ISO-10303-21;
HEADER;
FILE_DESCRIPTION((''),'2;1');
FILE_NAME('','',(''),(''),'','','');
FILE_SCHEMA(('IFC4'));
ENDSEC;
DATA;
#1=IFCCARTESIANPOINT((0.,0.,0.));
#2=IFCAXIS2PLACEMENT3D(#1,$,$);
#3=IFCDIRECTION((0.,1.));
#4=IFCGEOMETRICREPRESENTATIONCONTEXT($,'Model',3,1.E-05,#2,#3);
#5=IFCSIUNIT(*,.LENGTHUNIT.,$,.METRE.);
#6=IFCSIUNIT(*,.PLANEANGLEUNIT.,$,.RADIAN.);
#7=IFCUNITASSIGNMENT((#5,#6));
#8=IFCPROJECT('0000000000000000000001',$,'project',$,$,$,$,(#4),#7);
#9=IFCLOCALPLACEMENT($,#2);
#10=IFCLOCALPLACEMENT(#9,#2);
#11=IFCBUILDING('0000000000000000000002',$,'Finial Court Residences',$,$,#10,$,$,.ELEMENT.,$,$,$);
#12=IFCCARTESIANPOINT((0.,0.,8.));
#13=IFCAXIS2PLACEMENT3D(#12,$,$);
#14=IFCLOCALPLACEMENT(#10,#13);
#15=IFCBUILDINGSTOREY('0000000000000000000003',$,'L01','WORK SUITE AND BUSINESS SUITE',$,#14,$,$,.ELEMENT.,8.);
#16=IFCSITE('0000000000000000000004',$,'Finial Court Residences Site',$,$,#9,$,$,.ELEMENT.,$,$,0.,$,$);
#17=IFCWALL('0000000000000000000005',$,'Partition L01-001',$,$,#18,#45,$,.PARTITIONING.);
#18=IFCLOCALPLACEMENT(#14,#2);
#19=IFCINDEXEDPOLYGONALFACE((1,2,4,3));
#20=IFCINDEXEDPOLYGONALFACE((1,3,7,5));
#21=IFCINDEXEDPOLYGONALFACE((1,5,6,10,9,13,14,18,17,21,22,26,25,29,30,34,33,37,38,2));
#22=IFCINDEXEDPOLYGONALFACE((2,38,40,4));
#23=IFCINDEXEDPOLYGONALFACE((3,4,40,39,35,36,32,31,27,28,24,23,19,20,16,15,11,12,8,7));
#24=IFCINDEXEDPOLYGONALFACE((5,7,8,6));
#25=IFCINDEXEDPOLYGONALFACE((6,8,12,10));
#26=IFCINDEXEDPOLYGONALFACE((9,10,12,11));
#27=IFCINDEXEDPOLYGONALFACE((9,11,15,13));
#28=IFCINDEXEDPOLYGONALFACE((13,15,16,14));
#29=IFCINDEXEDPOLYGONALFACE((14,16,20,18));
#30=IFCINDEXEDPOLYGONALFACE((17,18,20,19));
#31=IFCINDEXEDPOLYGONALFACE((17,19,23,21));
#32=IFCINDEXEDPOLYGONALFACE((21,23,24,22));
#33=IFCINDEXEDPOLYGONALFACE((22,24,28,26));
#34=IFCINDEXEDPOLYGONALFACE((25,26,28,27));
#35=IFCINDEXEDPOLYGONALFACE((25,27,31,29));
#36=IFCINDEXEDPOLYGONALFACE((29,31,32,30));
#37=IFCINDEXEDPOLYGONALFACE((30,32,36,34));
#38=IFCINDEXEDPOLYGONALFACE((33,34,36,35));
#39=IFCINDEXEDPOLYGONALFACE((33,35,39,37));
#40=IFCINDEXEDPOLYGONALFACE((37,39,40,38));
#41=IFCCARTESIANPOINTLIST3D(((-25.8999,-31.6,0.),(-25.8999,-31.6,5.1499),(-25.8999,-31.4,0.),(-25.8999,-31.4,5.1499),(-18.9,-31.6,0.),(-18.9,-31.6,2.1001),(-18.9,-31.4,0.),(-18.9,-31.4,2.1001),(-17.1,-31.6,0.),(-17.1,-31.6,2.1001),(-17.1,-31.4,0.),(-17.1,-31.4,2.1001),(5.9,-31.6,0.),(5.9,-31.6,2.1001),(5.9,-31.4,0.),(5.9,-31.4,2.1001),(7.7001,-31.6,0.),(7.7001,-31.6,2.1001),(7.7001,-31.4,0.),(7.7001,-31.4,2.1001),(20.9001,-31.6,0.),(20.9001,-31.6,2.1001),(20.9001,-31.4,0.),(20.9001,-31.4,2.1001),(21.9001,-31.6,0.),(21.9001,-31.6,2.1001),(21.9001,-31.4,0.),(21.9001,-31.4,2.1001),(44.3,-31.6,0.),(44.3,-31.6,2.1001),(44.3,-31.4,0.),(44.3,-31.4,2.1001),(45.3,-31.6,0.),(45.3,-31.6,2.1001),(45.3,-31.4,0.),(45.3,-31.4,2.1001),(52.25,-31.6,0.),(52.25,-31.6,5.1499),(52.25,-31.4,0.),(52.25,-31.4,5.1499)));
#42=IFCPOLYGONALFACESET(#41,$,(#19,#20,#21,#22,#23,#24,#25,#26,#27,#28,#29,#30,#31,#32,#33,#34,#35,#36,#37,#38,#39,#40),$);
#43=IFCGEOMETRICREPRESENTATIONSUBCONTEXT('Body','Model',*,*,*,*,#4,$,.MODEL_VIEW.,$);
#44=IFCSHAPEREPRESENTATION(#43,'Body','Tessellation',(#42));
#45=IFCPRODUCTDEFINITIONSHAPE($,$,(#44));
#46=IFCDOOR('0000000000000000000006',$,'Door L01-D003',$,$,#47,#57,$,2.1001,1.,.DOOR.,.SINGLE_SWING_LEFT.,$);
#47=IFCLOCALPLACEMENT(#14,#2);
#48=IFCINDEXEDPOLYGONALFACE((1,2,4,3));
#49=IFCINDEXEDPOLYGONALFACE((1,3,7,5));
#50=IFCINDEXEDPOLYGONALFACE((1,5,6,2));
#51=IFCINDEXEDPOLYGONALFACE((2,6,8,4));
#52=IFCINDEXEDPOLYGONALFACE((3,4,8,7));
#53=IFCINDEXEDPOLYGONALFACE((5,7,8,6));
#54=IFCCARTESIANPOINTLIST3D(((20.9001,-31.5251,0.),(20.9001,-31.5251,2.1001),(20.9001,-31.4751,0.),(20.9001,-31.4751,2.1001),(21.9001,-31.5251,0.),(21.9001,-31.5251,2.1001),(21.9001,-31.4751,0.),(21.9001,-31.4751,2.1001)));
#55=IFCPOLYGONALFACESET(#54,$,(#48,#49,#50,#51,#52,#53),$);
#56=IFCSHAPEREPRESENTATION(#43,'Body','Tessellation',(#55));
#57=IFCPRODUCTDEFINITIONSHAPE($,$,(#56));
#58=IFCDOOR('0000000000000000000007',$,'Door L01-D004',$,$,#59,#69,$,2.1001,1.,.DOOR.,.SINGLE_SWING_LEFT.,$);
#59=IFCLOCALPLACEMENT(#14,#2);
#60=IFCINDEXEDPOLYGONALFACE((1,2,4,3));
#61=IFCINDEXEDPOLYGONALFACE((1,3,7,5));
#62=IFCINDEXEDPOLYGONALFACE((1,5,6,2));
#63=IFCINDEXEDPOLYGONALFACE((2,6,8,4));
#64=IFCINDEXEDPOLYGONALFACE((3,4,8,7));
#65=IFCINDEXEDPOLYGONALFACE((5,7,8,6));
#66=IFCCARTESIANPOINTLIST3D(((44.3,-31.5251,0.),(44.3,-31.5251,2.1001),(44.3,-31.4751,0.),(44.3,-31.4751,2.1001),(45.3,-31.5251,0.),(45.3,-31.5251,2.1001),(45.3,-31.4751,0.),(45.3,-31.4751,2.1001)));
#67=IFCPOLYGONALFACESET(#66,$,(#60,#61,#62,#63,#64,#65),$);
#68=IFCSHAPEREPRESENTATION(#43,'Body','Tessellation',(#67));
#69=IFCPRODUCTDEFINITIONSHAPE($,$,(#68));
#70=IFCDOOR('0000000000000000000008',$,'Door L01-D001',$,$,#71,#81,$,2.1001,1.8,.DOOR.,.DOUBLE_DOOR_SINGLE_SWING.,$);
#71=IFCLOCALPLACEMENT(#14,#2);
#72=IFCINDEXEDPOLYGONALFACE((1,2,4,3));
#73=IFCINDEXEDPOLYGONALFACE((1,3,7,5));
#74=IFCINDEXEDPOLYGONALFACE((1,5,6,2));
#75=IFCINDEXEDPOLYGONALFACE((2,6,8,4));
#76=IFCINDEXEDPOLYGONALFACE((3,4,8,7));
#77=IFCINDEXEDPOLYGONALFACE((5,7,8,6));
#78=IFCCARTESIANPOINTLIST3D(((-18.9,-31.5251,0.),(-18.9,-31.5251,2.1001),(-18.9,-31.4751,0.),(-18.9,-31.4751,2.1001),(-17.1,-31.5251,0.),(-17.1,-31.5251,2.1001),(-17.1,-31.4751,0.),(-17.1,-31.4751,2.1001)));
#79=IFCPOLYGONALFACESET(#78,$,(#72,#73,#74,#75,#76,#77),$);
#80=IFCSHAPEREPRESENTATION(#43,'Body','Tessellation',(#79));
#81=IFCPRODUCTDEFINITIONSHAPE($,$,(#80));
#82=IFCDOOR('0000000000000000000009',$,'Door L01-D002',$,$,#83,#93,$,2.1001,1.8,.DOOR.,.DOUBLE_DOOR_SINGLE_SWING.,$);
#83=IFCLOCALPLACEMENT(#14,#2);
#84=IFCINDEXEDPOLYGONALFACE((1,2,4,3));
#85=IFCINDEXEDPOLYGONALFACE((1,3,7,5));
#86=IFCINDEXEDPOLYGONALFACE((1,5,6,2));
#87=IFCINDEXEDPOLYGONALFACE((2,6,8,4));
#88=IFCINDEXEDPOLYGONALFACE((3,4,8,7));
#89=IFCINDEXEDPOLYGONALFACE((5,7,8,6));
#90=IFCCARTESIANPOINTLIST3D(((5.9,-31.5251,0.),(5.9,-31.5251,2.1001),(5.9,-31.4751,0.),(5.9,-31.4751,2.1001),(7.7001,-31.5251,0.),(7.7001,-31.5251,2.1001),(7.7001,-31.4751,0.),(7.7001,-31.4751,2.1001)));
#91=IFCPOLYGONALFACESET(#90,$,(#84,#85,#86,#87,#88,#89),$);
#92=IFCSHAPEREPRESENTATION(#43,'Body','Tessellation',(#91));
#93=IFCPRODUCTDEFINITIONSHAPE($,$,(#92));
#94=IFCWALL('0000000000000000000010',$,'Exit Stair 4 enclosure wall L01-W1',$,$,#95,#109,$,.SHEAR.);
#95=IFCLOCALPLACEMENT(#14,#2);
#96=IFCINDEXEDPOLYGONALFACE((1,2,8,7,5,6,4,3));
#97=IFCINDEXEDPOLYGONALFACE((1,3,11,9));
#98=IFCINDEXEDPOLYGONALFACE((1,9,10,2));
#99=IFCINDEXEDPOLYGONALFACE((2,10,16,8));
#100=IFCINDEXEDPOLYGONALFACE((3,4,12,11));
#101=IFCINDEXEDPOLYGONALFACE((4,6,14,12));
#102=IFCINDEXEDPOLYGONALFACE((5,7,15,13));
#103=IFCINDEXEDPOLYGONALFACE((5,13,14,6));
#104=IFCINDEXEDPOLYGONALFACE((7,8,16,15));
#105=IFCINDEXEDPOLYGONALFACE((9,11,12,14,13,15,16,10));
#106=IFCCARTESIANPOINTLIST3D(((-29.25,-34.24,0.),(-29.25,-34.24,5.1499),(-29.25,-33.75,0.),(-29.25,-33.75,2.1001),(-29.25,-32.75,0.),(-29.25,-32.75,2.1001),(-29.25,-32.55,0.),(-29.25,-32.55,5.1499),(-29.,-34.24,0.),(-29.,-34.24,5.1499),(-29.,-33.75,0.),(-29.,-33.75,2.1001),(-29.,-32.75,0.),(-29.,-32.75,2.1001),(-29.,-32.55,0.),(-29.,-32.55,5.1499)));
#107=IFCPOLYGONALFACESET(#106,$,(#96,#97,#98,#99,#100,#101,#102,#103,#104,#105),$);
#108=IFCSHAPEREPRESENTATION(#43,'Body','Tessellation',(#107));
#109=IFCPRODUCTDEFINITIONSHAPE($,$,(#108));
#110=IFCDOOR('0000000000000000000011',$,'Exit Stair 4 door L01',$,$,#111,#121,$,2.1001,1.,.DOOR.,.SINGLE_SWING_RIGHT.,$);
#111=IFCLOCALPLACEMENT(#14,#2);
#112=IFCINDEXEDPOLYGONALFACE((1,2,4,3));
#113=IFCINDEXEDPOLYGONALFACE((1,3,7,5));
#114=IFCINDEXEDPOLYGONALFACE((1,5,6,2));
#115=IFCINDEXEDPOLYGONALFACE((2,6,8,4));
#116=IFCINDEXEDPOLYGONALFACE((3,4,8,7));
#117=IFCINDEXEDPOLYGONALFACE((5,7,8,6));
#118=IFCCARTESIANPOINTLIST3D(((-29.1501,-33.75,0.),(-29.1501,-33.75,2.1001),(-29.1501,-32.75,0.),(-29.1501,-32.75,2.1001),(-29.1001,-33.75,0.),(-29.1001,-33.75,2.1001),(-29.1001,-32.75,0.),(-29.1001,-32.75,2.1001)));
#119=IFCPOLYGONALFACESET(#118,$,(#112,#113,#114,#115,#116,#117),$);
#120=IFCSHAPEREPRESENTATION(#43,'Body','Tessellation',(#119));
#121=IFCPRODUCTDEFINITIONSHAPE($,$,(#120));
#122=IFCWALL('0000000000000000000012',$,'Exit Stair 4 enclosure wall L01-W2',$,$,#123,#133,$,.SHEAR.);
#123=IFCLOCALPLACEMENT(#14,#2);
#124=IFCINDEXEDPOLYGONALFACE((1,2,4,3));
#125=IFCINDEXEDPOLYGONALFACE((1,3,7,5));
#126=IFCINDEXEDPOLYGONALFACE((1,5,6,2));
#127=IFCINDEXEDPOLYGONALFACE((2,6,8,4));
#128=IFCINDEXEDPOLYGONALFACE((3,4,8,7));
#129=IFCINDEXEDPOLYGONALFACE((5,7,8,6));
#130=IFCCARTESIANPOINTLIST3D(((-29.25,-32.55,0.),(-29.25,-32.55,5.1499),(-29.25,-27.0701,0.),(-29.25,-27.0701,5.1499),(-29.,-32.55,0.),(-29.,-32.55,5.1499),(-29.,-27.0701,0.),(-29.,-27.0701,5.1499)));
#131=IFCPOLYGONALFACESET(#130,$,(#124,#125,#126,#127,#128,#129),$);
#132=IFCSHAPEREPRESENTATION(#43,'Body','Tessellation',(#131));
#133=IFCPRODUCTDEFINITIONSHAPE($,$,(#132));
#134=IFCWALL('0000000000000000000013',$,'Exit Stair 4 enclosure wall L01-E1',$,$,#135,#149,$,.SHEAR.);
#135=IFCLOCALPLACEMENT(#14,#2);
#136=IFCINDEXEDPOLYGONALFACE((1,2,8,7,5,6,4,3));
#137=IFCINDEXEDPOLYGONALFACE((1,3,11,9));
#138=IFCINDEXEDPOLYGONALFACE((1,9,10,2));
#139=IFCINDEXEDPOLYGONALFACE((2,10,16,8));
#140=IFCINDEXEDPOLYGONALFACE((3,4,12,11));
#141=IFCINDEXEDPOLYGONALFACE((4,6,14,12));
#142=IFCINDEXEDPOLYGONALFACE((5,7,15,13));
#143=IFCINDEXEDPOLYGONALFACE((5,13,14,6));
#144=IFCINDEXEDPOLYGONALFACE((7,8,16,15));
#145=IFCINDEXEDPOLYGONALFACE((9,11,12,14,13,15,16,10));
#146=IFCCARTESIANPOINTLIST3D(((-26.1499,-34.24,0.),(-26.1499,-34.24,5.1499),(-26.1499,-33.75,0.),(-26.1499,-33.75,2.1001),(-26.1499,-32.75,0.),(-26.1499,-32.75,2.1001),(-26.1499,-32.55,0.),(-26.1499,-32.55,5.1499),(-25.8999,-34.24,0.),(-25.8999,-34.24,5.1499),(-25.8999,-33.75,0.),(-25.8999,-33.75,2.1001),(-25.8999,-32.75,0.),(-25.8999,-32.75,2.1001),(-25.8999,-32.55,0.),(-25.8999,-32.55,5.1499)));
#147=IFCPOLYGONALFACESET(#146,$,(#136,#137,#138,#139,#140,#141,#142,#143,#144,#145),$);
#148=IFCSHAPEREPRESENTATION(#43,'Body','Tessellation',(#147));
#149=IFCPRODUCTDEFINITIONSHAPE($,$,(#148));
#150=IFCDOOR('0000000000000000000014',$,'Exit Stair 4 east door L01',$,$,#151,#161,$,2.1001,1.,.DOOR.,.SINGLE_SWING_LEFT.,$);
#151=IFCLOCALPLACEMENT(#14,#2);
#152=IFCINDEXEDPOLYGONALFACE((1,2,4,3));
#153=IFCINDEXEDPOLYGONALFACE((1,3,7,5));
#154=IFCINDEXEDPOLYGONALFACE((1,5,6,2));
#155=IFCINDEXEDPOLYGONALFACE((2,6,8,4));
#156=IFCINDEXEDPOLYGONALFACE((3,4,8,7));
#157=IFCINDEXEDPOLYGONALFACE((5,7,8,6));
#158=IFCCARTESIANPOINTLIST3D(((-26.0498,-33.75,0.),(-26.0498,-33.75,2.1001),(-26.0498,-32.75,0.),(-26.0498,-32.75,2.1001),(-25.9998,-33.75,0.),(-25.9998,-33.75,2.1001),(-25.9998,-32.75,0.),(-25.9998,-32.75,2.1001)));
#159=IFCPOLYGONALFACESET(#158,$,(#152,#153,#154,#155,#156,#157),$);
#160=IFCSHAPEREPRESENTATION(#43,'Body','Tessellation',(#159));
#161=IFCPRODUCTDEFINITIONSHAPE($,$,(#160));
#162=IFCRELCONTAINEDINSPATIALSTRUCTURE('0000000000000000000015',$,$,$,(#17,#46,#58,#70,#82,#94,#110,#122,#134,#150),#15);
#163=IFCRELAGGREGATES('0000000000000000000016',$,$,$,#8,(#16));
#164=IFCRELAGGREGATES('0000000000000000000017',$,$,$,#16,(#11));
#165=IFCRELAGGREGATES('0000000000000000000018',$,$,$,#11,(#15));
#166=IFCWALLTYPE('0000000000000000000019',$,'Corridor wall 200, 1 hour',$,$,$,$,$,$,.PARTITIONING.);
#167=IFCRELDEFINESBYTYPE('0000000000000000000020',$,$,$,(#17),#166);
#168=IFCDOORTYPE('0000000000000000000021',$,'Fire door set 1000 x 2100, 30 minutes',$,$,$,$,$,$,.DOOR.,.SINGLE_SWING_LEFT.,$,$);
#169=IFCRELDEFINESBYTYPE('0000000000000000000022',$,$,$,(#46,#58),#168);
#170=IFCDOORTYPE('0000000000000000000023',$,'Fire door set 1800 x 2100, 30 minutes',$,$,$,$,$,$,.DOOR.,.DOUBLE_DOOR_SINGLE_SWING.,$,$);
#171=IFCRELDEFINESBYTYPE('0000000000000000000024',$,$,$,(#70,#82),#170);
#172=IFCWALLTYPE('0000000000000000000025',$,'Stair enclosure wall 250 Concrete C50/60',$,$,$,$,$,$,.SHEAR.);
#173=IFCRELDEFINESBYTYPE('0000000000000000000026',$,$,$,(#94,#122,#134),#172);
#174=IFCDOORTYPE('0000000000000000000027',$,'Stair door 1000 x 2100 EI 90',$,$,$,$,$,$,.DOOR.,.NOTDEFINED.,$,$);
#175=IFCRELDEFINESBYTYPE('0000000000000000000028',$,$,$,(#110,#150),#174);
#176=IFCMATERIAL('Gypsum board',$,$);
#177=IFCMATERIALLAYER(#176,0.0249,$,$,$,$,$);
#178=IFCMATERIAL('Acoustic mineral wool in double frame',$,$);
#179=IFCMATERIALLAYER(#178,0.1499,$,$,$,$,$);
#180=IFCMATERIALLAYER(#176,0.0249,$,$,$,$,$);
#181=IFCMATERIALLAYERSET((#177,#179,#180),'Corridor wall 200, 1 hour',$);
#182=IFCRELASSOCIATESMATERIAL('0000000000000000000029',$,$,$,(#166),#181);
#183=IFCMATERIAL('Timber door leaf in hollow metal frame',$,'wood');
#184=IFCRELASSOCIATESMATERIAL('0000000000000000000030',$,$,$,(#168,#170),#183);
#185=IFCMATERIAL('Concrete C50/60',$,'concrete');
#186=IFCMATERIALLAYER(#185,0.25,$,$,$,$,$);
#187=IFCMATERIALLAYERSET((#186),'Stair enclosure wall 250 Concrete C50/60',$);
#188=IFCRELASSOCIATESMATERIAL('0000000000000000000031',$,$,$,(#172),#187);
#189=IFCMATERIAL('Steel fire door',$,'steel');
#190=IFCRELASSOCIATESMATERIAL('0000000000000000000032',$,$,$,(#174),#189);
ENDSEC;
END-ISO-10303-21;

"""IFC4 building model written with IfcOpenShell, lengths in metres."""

from ifc_helpers import new_model, si_unit, direction, frame, frame_2d, origin, place, context, subcontext, project, spatial, rectangle, extrude, material, layer, layer_set, type_object, element, fill, save


model = new_model("IFC4")

# Units and contexts
model_context = context("Model", 3, precision=1e-05, world=origin(), true_north=direction((0.0, 1.0)))
body_context = subcontext(model_context, "Body", "Model", "MODEL_VIEW")
ifc_project = project(units=[si_unit("LENGTHUNIT", "METRE"), si_unit("PLANEANGLEUNIT", "RADIAN")], contexts=[model_context])

# Site, building, storey
site_placement = place(None, origin())
site = spatial("IfcSite", under=ifc_project, at=site_placement, Name="Finial Court Residences Site", CompositionType="ELEMENT", RefElevation=0.0)
building_placement = place(site_placement, origin())
building = spatial("IfcBuilding", under=site, at=building_placement, Name="Finial Court Residences", CompositionType="ELEMENT")
storey_placement = place(building_placement, frame((0.0, 0.0, 8.0)))
storey = spatial("IfcBuildingStorey", under=building, at=storey_placement, Name="L01", Description="WORK SUITE AND BUSINESS SUITE", CompositionType="ELEMENT", Elevation=8.0)

# Shared definitions
ifc_material_1 = material(Name="Concrete C50/60", Category="concrete")

# Wall, openings, doors
ifc_material_2 = material(Name="Gypsum board")
ifc_layer_1 = layer(ifc_material_2, 0.0249)
ifc_material_3 = material(Name="Acoustic mineral wool in double frame")
ifc_layer_2 = layer(ifc_material_3, 0.1499)
ifc_layer_3 = layer(ifc_material_2, 0.0249)
ifc_layer_set_1 = layer_set([ifc_layer_1, ifc_layer_2, ifc_layer_3], Name="Corridor wall 200, 1 hour")
wall_type_1 = type_object("IfcWallType", Name="Corridor wall 200, 1 hour", PredefinedType="PARTITIONING", material=ifc_layer_set_1)
wall_1_placement = place(storey_placement, frame((-25.8999, -31.5, 0.0), z_axis=(0.0, 0.0, 1.0), x_axis=(1.0, 0.0, 0.0)))
wall_1 = element("IfcWall", 1, at=wall_1_placement, inside=storey, type_object=wall_type_1, Name="Partition L01-001", PredefinedType="PARTITIONING", context=body_context, shape_type="SweptSolid", body=[
    extrude(rectangle(XDim=78.1499, YDim=0.2, at=frame_2d((39.075, 0.0))), origin(), (0.0, 0.0, 1.0), 5.1499),
])
opening_1_placement = place(wall_1_placement, frame((7.0, 0.0, 0.0)))
opening_1 = element("IfcOpeningElement", 2, at=opening_1_placement, cuts=wall_1, PredefinedType="OPENING", context=body_context, shape_type="SweptSolid", body=[
    extrude(rectangle(XDim=1.8, YDim=2.1001, at=frame_2d((0.8999, 1.05))), frame((0.0, 0.1099, 0.0), z_axis=(0.0, -1.0, 0.0), x_axis=(1.0, 0.0, 0.0)), (0.0, 0.0, 1.0), 0.22),
])
opening_2_placement = place(wall_1_placement, frame((31.8, 0.0, 0.0)))
opening_2 = element("IfcOpeningElement", 3, at=opening_2_placement, cuts=wall_1, PredefinedType="OPENING", context=body_context, shape_type="SweptSolid", body=[
    extrude(rectangle(XDim=1.8, YDim=2.1001, at=frame_2d((0.8999, 1.05))), frame((0.0, 0.1099, 0.0), z_axis=(0.0, -1.0, 0.0), x_axis=(1.0, 0.0, 0.0)), (0.0, 0.0, 1.0), 0.22),
])
opening_3_placement = place(wall_1_placement, frame((46.8, 0.0, 0.0)))
opening_3 = element("IfcOpeningElement", 4, at=opening_3_placement, cuts=wall_1, PredefinedType="OPENING", context=body_context, shape_type="SweptSolid", body=[
    extrude(rectangle(XDim=1.0, YDim=2.1001, at=frame_2d((0.5, 1.05))), frame((0.0, 0.1099, 0.0), z_axis=(0.0, -1.0, 0.0), x_axis=(1.0, 0.0, 0.0)), (0.0, 0.0, 1.0), 0.22),
])
opening_4_placement = place(wall_1_placement, frame((70.2, 0.0, 0.0)))
opening_4 = element("IfcOpeningElement", 5, at=opening_4_placement, cuts=wall_1, PredefinedType="OPENING", context=body_context, shape_type="SweptSolid", body=[
    extrude(rectangle(XDim=1.0, YDim=2.1001, at=frame_2d((0.5, 1.05))), frame((0.0, 0.1099, 0.0), z_axis=(0.0, -1.0, 0.0), x_axis=(1.0, 0.0, 0.0)), (0.0, 0.0, 1.0), 0.22),
])
ifc_material_4 = material(Name="Timber door leaf in hollow metal frame", Category="wood")
door_type_1 = type_object("IfcDoorType", Name="Fire door set 1000 x 2100, 30 minutes", OperationType="SINGLE_SWING_LEFT", PredefinedType="DOOR", material=ifc_material_4)
door_1_placement = place(opening_3_placement, origin())
door_1 = element("IfcDoor", 6, at=door_1_placement, inside=storey, type_object=door_type_1, Name="Door L01-D003", OperationType="SINGLE_SWING_LEFT", OverallHeight=2.1001, OverallWidth=1.0, PredefinedType="DOOR", context=body_context, shape_type="SweptSolid", body=[
    extrude(rectangle(XDim=1.0, YDim=2.1001, at=frame_2d((0.5, 1.05))), frame((0.0, 0.0249, 0.0), z_axis=(0.0, -1.0, 0.0), x_axis=(1.0, 0.0, 0.0)), (0.0, 0.0, 1.0), 0.05),
])
fill(opening_3, door_1)
door_2_placement = place(opening_4_placement, origin())
door_2 = element("IfcDoor", 7, at=door_2_placement, inside=storey, type_object=door_type_1, Name="Door L01-D004", OperationType="SINGLE_SWING_LEFT", OverallHeight=2.1001, OverallWidth=1.0, PredefinedType="DOOR", context=body_context, shape_type="SweptSolid", body=[
    extrude(rectangle(XDim=1.0, YDim=2.1001, at=frame_2d((0.5, 1.05))), frame((0.0, 0.0249, 0.0), z_axis=(0.0, -1.0, 0.0), x_axis=(1.0, 0.0, 0.0)), (0.0, 0.0, 1.0), 0.05),
])
fill(opening_4, door_2)
door_type_2 = type_object("IfcDoorType", Name="Fire door set 1800 x 2100, 30 minutes", OperationType="DOUBLE_DOOR_SINGLE_SWING", PredefinedType="DOOR", material=ifc_material_4)
door_3_placement = place(opening_1_placement, origin())
door_3 = element("IfcDoor", 8, at=door_3_placement, inside=storey, type_object=door_type_2, Name="Door L01-D001", OperationType="DOUBLE_DOOR_SINGLE_SWING", OverallHeight=2.1001, OverallWidth=1.8, PredefinedType="DOOR", context=body_context, shape_type="SweptSolid", body=[
    extrude(rectangle(XDim=1.8, YDim=2.1001, at=frame_2d((0.8999, 1.05))), frame((0.0, 0.0249, 0.0), z_axis=(0.0, -1.0, 0.0), x_axis=(1.0, 0.0, 0.0)), (0.0, 0.0, 1.0), 0.05),
])
fill(opening_1, door_3)
door_4_placement = place(opening_2_placement, origin())
door_4 = element("IfcDoor", 9, at=door_4_placement, inside=storey, type_object=door_type_2, Name="Door L01-D002", OperationType="DOUBLE_DOOR_SINGLE_SWING", OverallHeight=2.1001, OverallWidth=1.8, PredefinedType="DOOR", context=body_context, shape_type="SweptSolid", body=[
    extrude(rectangle(XDim=1.8, YDim=2.1001, at=frame_2d((0.8999, 1.05))), frame((0.0, 0.0249, 0.0), z_axis=(0.0, -1.0, 0.0), x_axis=(1.0, 0.0, 0.0)), (0.0, 0.0, 1.0), 0.05),
])
fill(opening_2, door_4)

# Wall, opening, door
ifc_layer_4 = layer(ifc_material_1, 0.25)
ifc_layer_set_2 = layer_set([ifc_layer_4], Name="Stair enclosure wall 250 Concrete C50/60")
wall_type_2 = type_object("IfcWallType", Name="Stair enclosure wall 250 Concrete C50/60", PredefinedType="SHEAR", material=ifc_layer_set_2)
wall_2_placement = place(storey_placement, frame((-29.125, -32.55, 0.0), z_axis=(0.0, 0.0, 1.0), x_axis=(0.0, -1.0, 0.0)))
wall_2 = element("IfcWall", 10, at=wall_2_placement, inside=storey, type_object=wall_type_2, Name="Exit Stair 4 enclosure wall L01-W1", PredefinedType="SHEAR", context=body_context, shape_type="SweptSolid", body=[
    extrude(rectangle(XDim=1.6899, YDim=0.25, at=frame_2d((0.845, 0.0))), origin(), (0.0, 0.0, 1.0), 5.1499),
])
opening_5_placement = place(wall_2_placement, frame((0.2, 0.0, 0.0)))
opening_5 = element("IfcOpeningElement", 11, at=opening_5_placement, cuts=wall_2, PredefinedType="OPENING", context=body_context, shape_type="SweptSolid", body=[
    extrude(rectangle(XDim=1.0, YDim=2.1001, at=frame_2d((0.5, 1.05))), frame((0.0, 0.135, 0.0), z_axis=(0.0, -1.0, 0.0), x_axis=(1.0, 0.0, 0.0)), (0.0, 0.0, 1.0), 0.27),
])
ifc_material_5 = material(Name="Steel fire door", Category="steel")
door_type_3 = type_object("IfcDoorType", Name="Stair door 1000 x 2100 EI 90", OperationType="NOTDEFINED", PredefinedType="DOOR", material=ifc_material_5)
door_5_placement = place(opening_5_placement, origin())
door_5 = element("IfcDoor", 12, at=door_5_placement, inside=storey, type_object=door_type_3, Name="Exit Stair 4 door L01", OperationType="SINGLE_SWING_RIGHT", OverallHeight=2.1001, OverallWidth=1.0, PredefinedType="DOOR", context=body_context, shape_type="SweptSolid", body=[
    extrude(rectangle(XDim=1.0, YDim=2.1001, at=frame_2d((0.5, 1.05))), frame((0.0, 0.0249, 0.0), z_axis=(0.0, -1.0, 0.0), x_axis=(1.0, 0.0, 0.0)), (0.0, 0.0, 1.0), 0.05),
])
fill(opening_5, door_5)

# Wall
wall_3_placement = place(storey_placement, frame((-29.125, -32.55, 0.0), z_axis=(0.0, 0.0, 1.0), x_axis=(0.0, 1.0, 0.0)))
element("IfcWall", 13, at=wall_3_placement, inside=storey, type_object=wall_type_2, Name="Exit Stair 4 enclosure wall L01-W2", PredefinedType="SHEAR", context=body_context, shape_type="SweptSolid", body=[
    extrude(rectangle(XDim=5.48, YDim=0.25, at=frame_2d((2.74, 0.0))), origin(), (0.0, 0.0, 1.0), 5.1499),
])

# Wall, opening, door
wall_4_placement = place(storey_placement, frame((-26.0249, -34.24, 0.0), z_axis=(0.0, 0.0, 1.0), x_axis=(0.0, 1.0, 0.0)))
wall_4 = element("IfcWall", 14, at=wall_4_placement, inside=storey, type_object=wall_type_2, Name="Exit Stair 4 enclosure wall L01-E1", PredefinedType="SHEAR", context=body_context, shape_type="SweptSolid", body=[
    extrude(rectangle(XDim=1.6899, YDim=0.25, at=frame_2d((0.845, 0.0))), origin(), (0.0, 0.0, 1.0), 5.1499),
])
opening_6_placement = place(wall_4_placement, frame((0.49, 0.0, 0.0)))
opening_6 = element("IfcOpeningElement", 15, at=opening_6_placement, cuts=wall_4, PredefinedType="OPENING", context=body_context, shape_type="SweptSolid", body=[
    extrude(rectangle(XDim=1.0, YDim=2.1001, at=frame_2d((0.5, 1.05))), frame((0.0, 0.135, 0.0), z_axis=(0.0, -1.0, 0.0), x_axis=(1.0, 0.0, 0.0)), (0.0, 0.0, 1.0), 0.27),
])
door_6_placement = place(opening_6_placement, origin())
door_6 = element("IfcDoor", 16, at=door_6_placement, inside=storey, type_object=door_type_3, Name="Exit Stair 4 east door L01", OperationType="SINGLE_SWING_LEFT", OverallHeight=2.1001, OverallWidth=1.0, PredefinedType="DOOR", context=body_context, shape_type="SweptSolid", body=[
    extrude(rectangle(XDim=1.0, YDim=2.1001, at=frame_2d((0.5, 1.05))), frame((0.0, 0.0249, 0.0), z_axis=(0.0, -1.0, 0.0), x_axis=(1.0, 0.0, 0.0)), (0.0, 0.0, 1.0), 0.05),
])
fill(opening_6, door_6)

save(model, "model.ifc")
